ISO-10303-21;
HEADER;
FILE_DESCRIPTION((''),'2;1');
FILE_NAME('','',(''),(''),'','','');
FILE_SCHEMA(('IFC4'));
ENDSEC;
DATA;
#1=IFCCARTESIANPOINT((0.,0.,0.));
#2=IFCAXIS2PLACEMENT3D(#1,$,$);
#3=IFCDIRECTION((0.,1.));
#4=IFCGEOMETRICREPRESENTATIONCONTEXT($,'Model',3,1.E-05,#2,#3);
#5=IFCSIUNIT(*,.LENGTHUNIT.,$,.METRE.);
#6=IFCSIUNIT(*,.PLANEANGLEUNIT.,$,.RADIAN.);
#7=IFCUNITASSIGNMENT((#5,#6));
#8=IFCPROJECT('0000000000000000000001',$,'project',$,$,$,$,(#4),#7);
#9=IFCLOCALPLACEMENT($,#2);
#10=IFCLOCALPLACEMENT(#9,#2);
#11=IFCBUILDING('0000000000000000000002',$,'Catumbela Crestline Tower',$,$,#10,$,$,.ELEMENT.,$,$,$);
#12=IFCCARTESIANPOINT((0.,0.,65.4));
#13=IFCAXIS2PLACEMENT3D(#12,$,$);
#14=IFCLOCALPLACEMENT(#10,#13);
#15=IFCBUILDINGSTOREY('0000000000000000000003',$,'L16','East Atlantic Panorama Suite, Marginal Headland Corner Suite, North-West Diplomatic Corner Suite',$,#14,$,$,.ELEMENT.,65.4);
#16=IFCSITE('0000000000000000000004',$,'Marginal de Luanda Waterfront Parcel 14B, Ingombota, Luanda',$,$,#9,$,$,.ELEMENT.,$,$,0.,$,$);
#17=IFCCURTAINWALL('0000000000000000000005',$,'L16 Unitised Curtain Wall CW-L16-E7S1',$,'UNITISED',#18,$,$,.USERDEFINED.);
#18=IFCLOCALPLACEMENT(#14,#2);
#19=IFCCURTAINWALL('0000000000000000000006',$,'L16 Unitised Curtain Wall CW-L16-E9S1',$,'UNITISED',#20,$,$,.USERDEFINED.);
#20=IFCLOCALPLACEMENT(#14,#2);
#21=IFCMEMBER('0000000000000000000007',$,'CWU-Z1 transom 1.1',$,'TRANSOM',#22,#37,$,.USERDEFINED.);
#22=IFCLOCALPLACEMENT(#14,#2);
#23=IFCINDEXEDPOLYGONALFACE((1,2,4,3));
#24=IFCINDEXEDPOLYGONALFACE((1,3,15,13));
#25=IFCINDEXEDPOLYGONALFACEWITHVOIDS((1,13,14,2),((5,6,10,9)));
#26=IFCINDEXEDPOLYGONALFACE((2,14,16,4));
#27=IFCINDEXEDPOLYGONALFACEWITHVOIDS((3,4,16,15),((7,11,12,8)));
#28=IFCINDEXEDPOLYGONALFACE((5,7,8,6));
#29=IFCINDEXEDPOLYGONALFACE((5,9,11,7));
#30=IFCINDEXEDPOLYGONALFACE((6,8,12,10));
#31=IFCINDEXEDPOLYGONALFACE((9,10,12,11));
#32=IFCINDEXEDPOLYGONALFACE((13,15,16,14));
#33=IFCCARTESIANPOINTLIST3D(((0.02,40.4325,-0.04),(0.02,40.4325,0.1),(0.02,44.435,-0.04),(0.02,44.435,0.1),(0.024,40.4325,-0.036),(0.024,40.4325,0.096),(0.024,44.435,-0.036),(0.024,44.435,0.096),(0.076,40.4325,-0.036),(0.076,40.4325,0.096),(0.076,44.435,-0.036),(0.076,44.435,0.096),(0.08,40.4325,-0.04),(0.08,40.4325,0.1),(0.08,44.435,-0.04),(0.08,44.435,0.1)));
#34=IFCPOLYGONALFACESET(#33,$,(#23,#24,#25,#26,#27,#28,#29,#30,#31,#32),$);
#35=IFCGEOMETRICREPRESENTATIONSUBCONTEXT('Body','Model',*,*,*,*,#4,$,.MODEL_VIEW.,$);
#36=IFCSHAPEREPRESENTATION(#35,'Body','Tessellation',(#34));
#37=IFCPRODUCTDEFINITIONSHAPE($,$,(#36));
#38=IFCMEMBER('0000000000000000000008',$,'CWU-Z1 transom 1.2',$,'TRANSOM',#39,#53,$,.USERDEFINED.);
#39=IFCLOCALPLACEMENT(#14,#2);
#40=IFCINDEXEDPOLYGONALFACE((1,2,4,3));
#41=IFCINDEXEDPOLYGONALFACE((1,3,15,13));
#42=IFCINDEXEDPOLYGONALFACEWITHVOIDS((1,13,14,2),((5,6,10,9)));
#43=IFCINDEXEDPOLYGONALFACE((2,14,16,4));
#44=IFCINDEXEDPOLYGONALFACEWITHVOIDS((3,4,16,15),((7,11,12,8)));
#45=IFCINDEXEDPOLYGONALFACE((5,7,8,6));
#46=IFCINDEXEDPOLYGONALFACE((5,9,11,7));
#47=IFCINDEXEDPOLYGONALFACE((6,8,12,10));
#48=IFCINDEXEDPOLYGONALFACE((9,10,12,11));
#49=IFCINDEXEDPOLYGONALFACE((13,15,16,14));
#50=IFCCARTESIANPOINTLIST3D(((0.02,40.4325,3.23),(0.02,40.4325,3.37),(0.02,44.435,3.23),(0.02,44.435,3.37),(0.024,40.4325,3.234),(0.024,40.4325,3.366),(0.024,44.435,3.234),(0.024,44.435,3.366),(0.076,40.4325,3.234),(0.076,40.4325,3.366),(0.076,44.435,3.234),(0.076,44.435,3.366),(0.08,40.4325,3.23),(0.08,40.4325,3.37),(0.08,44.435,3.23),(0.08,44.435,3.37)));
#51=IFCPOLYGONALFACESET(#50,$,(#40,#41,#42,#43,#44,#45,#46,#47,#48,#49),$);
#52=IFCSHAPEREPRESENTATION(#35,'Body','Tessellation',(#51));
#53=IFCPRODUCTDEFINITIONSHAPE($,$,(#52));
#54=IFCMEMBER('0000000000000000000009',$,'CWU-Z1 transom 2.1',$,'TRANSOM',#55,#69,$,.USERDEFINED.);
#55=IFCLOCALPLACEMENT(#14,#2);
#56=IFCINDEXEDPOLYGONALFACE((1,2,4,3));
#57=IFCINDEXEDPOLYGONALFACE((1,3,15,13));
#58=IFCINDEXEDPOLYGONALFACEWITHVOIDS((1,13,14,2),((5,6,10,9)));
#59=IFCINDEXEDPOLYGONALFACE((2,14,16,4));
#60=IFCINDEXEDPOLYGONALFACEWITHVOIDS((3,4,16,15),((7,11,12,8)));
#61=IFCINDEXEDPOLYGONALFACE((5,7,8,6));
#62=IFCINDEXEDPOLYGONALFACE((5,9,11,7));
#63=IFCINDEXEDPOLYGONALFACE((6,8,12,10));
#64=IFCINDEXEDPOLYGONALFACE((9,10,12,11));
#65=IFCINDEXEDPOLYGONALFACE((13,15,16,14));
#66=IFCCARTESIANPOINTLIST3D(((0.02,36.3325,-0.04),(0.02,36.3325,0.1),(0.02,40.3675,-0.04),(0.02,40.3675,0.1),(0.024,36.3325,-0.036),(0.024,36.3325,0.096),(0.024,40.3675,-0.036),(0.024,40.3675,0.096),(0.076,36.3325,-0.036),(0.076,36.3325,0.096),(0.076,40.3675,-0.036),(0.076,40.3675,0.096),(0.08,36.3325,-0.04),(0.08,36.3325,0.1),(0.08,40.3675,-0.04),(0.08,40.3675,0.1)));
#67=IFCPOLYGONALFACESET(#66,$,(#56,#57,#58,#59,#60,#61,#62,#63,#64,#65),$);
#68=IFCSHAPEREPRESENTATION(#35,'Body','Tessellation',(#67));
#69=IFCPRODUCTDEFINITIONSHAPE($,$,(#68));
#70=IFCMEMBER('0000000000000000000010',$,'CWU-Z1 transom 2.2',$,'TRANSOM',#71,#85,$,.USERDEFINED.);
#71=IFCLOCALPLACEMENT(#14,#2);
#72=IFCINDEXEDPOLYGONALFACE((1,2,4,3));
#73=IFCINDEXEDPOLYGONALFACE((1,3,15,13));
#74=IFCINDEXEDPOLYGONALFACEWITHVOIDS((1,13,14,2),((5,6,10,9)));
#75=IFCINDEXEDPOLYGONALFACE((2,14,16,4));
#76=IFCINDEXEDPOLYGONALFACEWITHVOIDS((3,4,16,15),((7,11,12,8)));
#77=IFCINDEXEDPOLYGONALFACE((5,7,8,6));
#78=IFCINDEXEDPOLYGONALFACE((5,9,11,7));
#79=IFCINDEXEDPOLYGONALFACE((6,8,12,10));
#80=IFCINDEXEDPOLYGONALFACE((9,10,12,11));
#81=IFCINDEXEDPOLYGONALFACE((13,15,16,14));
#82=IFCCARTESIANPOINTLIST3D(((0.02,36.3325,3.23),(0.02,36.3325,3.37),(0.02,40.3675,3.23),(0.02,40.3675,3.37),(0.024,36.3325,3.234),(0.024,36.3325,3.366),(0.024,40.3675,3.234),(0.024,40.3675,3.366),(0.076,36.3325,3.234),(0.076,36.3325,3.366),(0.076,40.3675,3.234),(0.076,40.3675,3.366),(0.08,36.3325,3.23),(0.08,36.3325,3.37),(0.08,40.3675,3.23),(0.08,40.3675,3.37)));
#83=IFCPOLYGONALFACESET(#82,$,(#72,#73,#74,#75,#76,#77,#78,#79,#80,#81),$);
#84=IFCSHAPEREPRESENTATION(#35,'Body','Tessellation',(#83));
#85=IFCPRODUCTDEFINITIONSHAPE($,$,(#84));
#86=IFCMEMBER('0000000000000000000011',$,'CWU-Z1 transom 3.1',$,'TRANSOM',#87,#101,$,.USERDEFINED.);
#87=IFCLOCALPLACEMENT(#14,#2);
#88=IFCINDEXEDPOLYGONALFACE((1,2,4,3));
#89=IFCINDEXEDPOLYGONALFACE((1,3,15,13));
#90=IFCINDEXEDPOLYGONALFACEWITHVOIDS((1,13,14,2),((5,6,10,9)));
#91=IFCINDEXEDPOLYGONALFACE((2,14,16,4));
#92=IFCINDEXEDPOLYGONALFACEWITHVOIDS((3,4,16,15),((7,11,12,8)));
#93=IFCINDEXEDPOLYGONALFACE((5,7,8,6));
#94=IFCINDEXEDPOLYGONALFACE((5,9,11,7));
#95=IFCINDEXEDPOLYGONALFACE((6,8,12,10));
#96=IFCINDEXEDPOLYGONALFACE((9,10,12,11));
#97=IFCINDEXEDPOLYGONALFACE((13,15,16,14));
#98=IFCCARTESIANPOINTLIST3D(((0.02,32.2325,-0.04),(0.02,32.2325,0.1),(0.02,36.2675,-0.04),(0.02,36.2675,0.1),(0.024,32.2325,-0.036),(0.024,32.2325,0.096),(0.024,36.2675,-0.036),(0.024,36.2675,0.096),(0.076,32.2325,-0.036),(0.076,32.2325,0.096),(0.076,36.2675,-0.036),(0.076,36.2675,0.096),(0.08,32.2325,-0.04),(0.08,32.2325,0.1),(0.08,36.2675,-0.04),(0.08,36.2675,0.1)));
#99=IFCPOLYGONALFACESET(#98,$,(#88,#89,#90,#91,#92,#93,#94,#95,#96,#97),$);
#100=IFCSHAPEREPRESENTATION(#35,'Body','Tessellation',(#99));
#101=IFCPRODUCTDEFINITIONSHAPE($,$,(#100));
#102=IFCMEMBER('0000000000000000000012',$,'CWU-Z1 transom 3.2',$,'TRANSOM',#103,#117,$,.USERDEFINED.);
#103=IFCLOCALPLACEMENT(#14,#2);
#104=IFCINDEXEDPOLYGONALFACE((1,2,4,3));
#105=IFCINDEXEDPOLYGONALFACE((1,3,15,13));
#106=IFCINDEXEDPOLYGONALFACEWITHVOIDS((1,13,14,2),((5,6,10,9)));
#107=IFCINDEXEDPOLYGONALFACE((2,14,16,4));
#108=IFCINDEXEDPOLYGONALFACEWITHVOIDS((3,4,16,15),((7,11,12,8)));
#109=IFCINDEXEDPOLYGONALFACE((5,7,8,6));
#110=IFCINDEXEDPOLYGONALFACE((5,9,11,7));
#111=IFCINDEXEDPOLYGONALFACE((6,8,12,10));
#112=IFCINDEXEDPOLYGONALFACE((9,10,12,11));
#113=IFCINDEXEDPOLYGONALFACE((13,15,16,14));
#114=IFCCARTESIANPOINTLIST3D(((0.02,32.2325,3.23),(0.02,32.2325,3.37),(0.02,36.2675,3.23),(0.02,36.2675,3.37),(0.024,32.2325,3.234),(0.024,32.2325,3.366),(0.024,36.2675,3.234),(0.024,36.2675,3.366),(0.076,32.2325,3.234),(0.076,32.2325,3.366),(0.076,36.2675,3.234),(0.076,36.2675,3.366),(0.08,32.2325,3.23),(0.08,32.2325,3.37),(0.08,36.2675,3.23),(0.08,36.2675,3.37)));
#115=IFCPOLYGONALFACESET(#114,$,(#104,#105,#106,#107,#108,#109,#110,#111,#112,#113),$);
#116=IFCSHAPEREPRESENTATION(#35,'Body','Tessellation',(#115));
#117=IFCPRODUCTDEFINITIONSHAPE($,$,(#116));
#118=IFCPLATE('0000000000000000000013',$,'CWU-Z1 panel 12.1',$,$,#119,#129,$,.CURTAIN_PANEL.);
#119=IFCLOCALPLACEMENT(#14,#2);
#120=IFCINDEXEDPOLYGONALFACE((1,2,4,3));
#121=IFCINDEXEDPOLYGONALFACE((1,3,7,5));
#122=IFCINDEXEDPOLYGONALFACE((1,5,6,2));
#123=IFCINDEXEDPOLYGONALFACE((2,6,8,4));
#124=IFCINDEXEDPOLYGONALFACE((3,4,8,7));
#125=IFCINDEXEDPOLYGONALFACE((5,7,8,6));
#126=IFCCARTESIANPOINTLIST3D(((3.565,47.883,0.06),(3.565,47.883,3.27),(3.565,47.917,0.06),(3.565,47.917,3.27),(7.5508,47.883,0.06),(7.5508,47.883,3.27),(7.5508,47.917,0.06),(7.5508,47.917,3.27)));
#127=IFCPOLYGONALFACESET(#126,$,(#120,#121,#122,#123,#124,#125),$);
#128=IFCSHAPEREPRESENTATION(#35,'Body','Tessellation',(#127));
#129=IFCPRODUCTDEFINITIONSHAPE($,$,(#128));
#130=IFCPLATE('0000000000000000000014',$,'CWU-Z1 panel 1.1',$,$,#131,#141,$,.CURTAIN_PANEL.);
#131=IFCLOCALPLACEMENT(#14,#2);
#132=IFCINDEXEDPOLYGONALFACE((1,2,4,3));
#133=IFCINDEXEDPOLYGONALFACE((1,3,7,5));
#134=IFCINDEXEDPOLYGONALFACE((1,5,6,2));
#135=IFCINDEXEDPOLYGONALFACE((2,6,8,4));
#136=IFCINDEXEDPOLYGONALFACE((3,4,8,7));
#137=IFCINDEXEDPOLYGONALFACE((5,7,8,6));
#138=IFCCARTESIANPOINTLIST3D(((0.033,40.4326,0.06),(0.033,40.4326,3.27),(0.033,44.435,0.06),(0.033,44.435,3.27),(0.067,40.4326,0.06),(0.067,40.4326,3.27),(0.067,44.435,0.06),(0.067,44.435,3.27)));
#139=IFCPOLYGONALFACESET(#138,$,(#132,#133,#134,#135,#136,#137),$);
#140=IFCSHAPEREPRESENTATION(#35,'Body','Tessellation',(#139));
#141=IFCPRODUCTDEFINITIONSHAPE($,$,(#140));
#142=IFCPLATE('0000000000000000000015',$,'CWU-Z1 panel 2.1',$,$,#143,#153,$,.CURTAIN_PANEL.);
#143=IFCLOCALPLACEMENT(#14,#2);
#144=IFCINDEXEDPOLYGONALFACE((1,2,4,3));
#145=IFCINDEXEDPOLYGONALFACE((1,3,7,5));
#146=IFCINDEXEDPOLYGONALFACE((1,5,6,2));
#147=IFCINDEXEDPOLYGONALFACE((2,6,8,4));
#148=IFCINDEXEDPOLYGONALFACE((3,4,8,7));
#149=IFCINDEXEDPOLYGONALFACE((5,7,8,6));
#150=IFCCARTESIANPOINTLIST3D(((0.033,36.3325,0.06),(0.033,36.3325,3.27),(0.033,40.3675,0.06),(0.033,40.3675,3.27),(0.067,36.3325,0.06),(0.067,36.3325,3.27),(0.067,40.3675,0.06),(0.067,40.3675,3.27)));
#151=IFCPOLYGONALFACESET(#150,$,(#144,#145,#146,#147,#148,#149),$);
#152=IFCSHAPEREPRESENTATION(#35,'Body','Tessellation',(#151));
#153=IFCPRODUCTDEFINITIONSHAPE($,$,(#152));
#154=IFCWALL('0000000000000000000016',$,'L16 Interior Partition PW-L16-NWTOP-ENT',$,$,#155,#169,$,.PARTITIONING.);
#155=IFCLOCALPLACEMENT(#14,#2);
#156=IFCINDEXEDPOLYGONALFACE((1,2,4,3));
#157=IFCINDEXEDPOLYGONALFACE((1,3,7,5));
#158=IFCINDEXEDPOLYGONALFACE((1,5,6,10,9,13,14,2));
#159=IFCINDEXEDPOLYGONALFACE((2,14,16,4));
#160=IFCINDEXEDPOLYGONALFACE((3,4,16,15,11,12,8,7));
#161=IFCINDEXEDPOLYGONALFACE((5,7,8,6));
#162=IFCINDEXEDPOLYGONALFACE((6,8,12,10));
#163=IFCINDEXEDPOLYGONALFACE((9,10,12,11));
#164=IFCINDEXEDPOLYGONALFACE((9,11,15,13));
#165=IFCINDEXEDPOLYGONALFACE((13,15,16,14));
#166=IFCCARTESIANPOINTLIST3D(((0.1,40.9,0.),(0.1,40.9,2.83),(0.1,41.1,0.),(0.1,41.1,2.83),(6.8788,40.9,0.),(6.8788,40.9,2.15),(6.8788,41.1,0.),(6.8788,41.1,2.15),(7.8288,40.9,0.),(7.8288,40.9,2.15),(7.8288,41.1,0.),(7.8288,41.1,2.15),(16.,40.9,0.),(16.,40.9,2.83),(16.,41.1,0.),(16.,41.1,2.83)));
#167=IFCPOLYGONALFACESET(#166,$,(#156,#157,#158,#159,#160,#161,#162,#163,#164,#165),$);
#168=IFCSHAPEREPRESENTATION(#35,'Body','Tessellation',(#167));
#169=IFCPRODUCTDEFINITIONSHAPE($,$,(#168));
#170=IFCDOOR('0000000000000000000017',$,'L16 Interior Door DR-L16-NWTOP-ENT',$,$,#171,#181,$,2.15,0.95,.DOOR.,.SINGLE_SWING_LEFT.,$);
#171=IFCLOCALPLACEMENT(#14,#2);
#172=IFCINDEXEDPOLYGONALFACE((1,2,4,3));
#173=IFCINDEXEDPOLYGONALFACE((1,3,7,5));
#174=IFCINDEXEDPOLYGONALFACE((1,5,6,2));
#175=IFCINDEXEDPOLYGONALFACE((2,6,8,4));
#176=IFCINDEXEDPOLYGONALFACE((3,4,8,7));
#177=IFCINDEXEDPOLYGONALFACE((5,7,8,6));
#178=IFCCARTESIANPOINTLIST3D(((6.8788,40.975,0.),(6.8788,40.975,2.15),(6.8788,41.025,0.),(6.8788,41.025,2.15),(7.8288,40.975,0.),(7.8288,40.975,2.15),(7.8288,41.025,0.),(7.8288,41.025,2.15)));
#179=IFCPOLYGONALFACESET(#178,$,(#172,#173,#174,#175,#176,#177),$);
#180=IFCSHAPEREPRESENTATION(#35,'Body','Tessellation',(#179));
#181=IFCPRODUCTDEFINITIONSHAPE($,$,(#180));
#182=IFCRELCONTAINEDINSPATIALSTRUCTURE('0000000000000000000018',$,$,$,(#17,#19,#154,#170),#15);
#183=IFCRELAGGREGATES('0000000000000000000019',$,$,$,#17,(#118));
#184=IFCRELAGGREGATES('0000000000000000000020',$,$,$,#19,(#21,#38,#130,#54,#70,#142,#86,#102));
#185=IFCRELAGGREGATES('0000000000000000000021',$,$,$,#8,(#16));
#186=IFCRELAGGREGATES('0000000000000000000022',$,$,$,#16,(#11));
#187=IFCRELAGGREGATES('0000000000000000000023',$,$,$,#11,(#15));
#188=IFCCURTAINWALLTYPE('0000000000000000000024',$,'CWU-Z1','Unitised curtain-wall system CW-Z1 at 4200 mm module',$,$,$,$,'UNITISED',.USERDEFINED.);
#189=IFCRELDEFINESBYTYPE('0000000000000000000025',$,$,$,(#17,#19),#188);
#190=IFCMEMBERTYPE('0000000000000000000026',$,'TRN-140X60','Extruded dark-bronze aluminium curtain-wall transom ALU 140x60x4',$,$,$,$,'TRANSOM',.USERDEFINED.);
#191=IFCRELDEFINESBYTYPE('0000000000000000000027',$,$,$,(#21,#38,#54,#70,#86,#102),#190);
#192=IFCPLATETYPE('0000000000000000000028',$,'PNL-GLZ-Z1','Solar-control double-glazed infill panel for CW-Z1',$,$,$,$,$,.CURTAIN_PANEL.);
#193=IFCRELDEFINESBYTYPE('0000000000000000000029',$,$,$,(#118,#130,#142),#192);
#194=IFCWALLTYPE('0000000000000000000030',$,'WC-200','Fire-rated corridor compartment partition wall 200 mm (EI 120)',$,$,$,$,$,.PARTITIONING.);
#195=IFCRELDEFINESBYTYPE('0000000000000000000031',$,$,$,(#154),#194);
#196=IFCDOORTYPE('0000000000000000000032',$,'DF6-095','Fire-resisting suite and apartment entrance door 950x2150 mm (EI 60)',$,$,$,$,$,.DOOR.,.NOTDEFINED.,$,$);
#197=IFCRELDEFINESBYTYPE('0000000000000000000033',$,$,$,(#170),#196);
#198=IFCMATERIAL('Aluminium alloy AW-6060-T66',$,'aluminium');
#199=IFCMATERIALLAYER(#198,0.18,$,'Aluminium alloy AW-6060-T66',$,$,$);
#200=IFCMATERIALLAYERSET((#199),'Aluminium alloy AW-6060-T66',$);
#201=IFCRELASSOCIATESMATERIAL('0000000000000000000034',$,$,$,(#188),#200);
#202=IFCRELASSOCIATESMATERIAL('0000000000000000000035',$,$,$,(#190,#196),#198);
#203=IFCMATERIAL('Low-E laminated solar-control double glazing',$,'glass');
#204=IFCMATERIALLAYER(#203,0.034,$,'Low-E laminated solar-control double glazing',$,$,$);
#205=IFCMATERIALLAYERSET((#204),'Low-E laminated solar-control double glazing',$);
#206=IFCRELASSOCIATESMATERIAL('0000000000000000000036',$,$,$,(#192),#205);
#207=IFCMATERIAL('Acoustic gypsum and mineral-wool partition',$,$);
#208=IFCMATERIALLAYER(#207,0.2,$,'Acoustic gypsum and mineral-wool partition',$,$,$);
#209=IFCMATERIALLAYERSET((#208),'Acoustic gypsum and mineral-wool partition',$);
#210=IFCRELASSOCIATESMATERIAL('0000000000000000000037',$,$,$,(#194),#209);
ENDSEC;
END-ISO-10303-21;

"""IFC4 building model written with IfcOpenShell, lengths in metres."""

from ifc_helpers import new_model, si_unit, direction, frame, frame_2d, origin, origin_2d, place, context, subcontext, project, spatial, rectangle, hollow_rectangle, extrude, material, layer, layer_set, material_profile, profile_set, type_object, element, fill, aggregate, save


model = new_model("IFC4")

# Units and contexts
model_context = context("Model", 3, precision=1e-05, world=origin(), true_north=direction((0.0, 1.0)))
body_context = subcontext(model_context, "Body", "Model", "MODEL_VIEW")
ifc_project = project(units=[si_unit("LENGTHUNIT", "METRE"), si_unit("PLANEANGLEUNIT", "RADIAN")], contexts=[model_context])

# Site, building, storey
site_placement = place(None, origin())
site = spatial("IfcSite", under=ifc_project, at=site_placement, Name="Marginal de Luanda Waterfront Parcel 14B, Ingombota, Luanda", CompositionType="ELEMENT", RefElevation=0.0)
building_placement = place(site_placement, origin())
building = spatial("IfcBuilding", under=site, at=building_placement, Name="Catumbela Crestline Tower", CompositionType="ELEMENT")
storey_placement = place(building_placement, frame((0.0, 0.0, 65.4)))
storey = spatial("IfcBuildingStorey", under=building, at=storey_placement, Name="L16", Description="East Atlantic Panorama Suite, Marginal Headland Corner Suite, North-West Diplomatic Corner Suite", CompositionType="ELEMENT", Elevation=65.4)

# Curtain walls
ifc_material_1 = material(Name="Aluminium alloy AW-6060-T66", Category="aluminium")
ifc_layer_1 = layer(ifc_material_1, 0.18, Name="Aluminium alloy AW-6060-T66")
ifc_layer_set_1 = layer_set([ifc_layer_1], Name="Aluminium alloy AW-6060-T66")
curtain_wall_type = type_object("IfcCurtainWallType", Name="CWU-Z1", Description="Unitised curtain-wall system CW-Z1 at 4200 mm module", ElementType="UNITISED", PredefinedType="USERDEFINED", material=ifc_layer_set_1)
curtain_wall_1_placement = place(storey_placement, origin())
curtain_wall_1 = element("IfcCurtainWall", 1, at=curtain_wall_1_placement, inside=storey, type_object=curtain_wall_type, Name="L16 Unitised Curtain Wall CW-L16-E7S1", ObjectType="UNITISED", PredefinedType="USERDEFINED")
curtain_wall_2_placement = place(storey_placement, origin())
curtain_wall_2 = element("IfcCurtainWall", 2, at=curtain_wall_2_placement, inside=storey, type_object=curtain_wall_type, Name="L16 Unitised Curtain Wall CW-L16-E9S1", ObjectType="UNITISED", PredefinedType="USERDEFINED")

# Members
ifc_material_profile_1 = material_profile(ifc_material_1, hollow_rectangle(XDim=0.06, YDim=0.14, WallThickness=0.004, at=origin_2d()), Name="ALU 140x60x4")
ifc_profile_set_1 = profile_set([ifc_material_profile_1], Name="Aluminium alloy AW-6060-T66")
member_type_1 = type_object("IfcMemberType", Name="TRN-140X60", Description="Extruded dark-bronze aluminium curtain-wall transom ALU 140x60x4", ElementType="TRANSOM", PredefinedType="USERDEFINED", material=ifc_profile_set_1)
member_1_placement = place(storey_placement, frame((0.05, 44.435, 0.03), z_axis=(0.0, -1.0, 0.0), x_axis=(1.0, 0.0, 0.0)))
member_1 = element("IfcMember", 3, at=member_1_placement, type_object=member_type_1, Name="CWU-Z1 transom 1.1", ObjectType="TRANSOM", PredefinedType="USERDEFINED", context=body_context, shape_type="SweptSolid", body=[
    extrude(hollow_rectangle(XDim=0.06, YDim=0.14, WallThickness=0.004, at=origin_2d()), origin(), (0.0, 0.0, 1.0), 4.0025),
])
member_2_placement = place(storey_placement, frame((0.05, 44.435, 3.3), z_axis=(0.0, -1.0, 0.0), x_axis=(1.0, 0.0, 0.0)))
member_2 = element("IfcMember", 4, at=member_2_placement, type_object=member_type_1, Name="CWU-Z1 transom 1.2", ObjectType="TRANSOM", PredefinedType="USERDEFINED", context=body_context, shape_type="SweptSolid", body=[
    extrude(hollow_rectangle(XDim=0.06, YDim=0.14, WallThickness=0.004, at=origin_2d()), origin(), (0.0, 0.0, 1.0), 4.0025),
])
member_3_placement = place(storey_placement, frame((0.05, 40.3675, 0.03), z_axis=(0.0, -1.0, 0.0), x_axis=(1.0, 0.0, 0.0)))
member_3 = element("IfcMember", 5, at=member_3_placement, type_object=member_type_1, Name="CWU-Z1 transom 2.1", ObjectType="TRANSOM", PredefinedType="USERDEFINED", context=body_context, shape_type="SweptSolid", body=[
    extrude(hollow_rectangle(XDim=0.06, YDim=0.14, WallThickness=0.004, at=origin_2d()), origin(), (0.0, 0.0, 1.0), 4.035),
])
member_4_placement = place(storey_placement, frame((0.05, 40.3675, 3.3), z_axis=(0.0, -1.0, 0.0), x_axis=(1.0, 0.0, 0.0)))
member_4 = element("IfcMember", 6, at=member_4_placement, type_object=member_type_1, Name="CWU-Z1 transom 2.2", ObjectType="TRANSOM", PredefinedType="USERDEFINED", context=body_context, shape_type="SweptSolid", body=[
    extrude(hollow_rectangle(XDim=0.06, YDim=0.14, WallThickness=0.004, at=origin_2d()), origin(), (0.0, 0.0, 1.0), 4.035),
])
member_5_placement = place(storey_placement, frame((0.05, 36.2675, 0.03), z_axis=(0.0, -1.0, 0.0), x_axis=(1.0, 0.0, 0.0)))
member_5 = element("IfcMember", 7, at=member_5_placement, type_object=member_type_1, Name="CWU-Z1 transom 3.1", ObjectType="TRANSOM", PredefinedType="USERDEFINED", context=body_context, shape_type="SweptSolid", body=[
    extrude(hollow_rectangle(XDim=0.06, YDim=0.14, WallThickness=0.004, at=origin_2d()), origin(), (0.0, 0.0, 1.0), 4.035),
])
member_6_placement = place(storey_placement, frame((0.05, 36.2675, 3.3), z_axis=(0.0, -1.0, 0.0), x_axis=(1.0, 0.0, 0.0)))
member_6 = element("IfcMember", 8, at=member_6_placement, type_object=member_type_1, Name="CWU-Z1 transom 3.2", ObjectType="TRANSOM", PredefinedType="USERDEFINED", context=body_context, shape_type="SweptSolid", body=[
    extrude(hollow_rectangle(XDim=0.06, YDim=0.14, WallThickness=0.004, at=origin_2d()), origin(), (0.0, 0.0, 1.0), 4.035),
])

# Plates
ifc_material_2 = material(Name="Low-E laminated solar-control double glazing", Category="glass")
ifc_layer_2 = layer(ifc_material_2, 0.034, Name="Low-E laminated solar-control double glazing")
ifc_layer_set_2 = layer_set([ifc_layer_2], Name="Low-E laminated solar-control double glazing")
plate_type = type_object("IfcPlateType", Name="PNL-GLZ-Z1", Description="Solar-control double-glazed infill panel for CW-Z1", PredefinedType="CURTAIN_PANEL", material=ifc_layer_set_2)
plate_1_placement = place(storey_placement, frame((5.5579, 47.9, 0.06), z_axis=(0.0, 0.0, 1.0), x_axis=(-1.0, 0.0, 0.0)))
plate_1 = element("IfcPlate", 9, at=plate_1_placement, type_object=plate_type, Name="CWU-Z1 panel 12.1", PredefinedType="CURTAIN_PANEL", context=body_context, shape_type="SweptSolid", body=[
    extrude(rectangle(XDim=3.9858, YDim=0.034, at=origin_2d()), origin(), (0.0, 0.0, 1.0), 3.21),
])
aggregate(curtain_wall_1, [plate_1])
plate_2_placement = place(storey_placement, frame((0.05, 42.4338, 0.06), z_axis=(0.0, 0.0, 1.0), x_axis=(0.0, -1.0, 0.0)))
plate_2 = element("IfcPlate", 10, at=plate_2_placement, type_object=plate_type, Name="CWU-Z1 panel 1.1", PredefinedType="CURTAIN_PANEL", context=body_context, shape_type="SweptSolid", body=[
    extrude(rectangle(XDim=4.0025, YDim=0.034, at=origin_2d()), origin(), (0.0, 0.0, 1.0), 3.21),
])
plate_3_placement = place(storey_placement, frame((0.05, 38.35, 0.06), z_axis=(0.0, 0.0, 1.0), x_axis=(0.0, -1.0, 0.0)))
plate_3 = element("IfcPlate", 11, at=plate_3_placement, type_object=plate_type, Name="CWU-Z1 panel 2.1", PredefinedType="CURTAIN_PANEL", context=body_context, shape_type="SweptSolid", body=[
    extrude(rectangle(XDim=4.035, YDim=0.034, at=origin_2d()), origin(), (0.0, 0.0, 1.0), 3.21),
])
aggregate(curtain_wall_2, [member_1, member_2, plate_2, member_3, member_4, plate_3, member_5, member_6])

# Wall, opening, door
ifc_material_3 = material(Name="Acoustic gypsum and mineral-wool partition")
ifc_layer_3 = layer(ifc_material_3, 0.2, Name="Acoustic gypsum and mineral-wool partition")
ifc_layer_set_3 = layer_set([ifc_layer_3], Name="Acoustic gypsum and mineral-wool partition")
wall_type_1 = type_object("IfcWallType", Name="WC-200", Description="Fire-rated corridor compartment partition wall 200 mm (EI 120)", PredefinedType="PARTITIONING", material=ifc_layer_set_3)
wall_1_placement = place(storey_placement, frame((0.1, 41.0, 0.0), z_axis=(0.0, 0.0, 1.0), x_axis=(1.0, 0.0, 0.0)))
wall_1 = element("IfcWall", 12, at=wall_1_placement, inside=storey, type_object=wall_type_1, Name="L16 Interior Partition PW-L16-NWTOP-ENT", PredefinedType="PARTITIONING", context=body_context, shape_type="SweptSolid", body=[
    extrude(rectangle(XDim=15.9, YDim=0.2, at=frame_2d((7.95, 0.0))), origin(), (0.0, 0.0, 1.0), 2.83),
])
opening_1_placement = place(wall_1_placement, frame((6.7788, 0.0, 0.0)))
opening_1 = element("IfcOpeningElement", 13, at=opening_1_placement, cuts=wall_1, PredefinedType="OPENING", context=body_context, shape_type="SweptSolid", body=[
    extrude(rectangle(XDim=0.95, YDim=2.15, at=frame_2d((0.475, 1.075))), frame((0.0, 0.11, 0.0), z_axis=(0.0, -1.0, 0.0), x_axis=(1.0, 0.0, 0.0)), (0.0, 0.0, 1.0), 0.22),
])
door_type = type_object("IfcDoorType", Name="DF6-095", Description="Fire-resisting suite and apartment entrance door 950x2150 mm (EI 60)", OperationType="NOTDEFINED", PredefinedType="DOOR", material=ifc_material_1)
door_placement = place(opening_1_placement, origin())
door = element("IfcDoor", 14, at=door_placement, inside=storey, type_object=door_type, Name="L16 Interior Door DR-L16-NWTOP-ENT", OperationType="SINGLE_SWING_LEFT", OverallHeight=2.15, OverallWidth=0.95, PredefinedType="DOOR", context=body_context, shape_type="SweptSolid", body=[
    extrude(rectangle(XDim=0.95, YDim=2.15, at=frame_2d((0.475, 1.075))), frame((0.0, 0.025, 0.0), z_axis=(0.0, -1.0, 0.0), x_axis=(1.0, 0.0, 0.0)), (0.0, 0.0, 1.0), 0.05),
])
fill(opening_1, door)

save(model, "model.ifc")
